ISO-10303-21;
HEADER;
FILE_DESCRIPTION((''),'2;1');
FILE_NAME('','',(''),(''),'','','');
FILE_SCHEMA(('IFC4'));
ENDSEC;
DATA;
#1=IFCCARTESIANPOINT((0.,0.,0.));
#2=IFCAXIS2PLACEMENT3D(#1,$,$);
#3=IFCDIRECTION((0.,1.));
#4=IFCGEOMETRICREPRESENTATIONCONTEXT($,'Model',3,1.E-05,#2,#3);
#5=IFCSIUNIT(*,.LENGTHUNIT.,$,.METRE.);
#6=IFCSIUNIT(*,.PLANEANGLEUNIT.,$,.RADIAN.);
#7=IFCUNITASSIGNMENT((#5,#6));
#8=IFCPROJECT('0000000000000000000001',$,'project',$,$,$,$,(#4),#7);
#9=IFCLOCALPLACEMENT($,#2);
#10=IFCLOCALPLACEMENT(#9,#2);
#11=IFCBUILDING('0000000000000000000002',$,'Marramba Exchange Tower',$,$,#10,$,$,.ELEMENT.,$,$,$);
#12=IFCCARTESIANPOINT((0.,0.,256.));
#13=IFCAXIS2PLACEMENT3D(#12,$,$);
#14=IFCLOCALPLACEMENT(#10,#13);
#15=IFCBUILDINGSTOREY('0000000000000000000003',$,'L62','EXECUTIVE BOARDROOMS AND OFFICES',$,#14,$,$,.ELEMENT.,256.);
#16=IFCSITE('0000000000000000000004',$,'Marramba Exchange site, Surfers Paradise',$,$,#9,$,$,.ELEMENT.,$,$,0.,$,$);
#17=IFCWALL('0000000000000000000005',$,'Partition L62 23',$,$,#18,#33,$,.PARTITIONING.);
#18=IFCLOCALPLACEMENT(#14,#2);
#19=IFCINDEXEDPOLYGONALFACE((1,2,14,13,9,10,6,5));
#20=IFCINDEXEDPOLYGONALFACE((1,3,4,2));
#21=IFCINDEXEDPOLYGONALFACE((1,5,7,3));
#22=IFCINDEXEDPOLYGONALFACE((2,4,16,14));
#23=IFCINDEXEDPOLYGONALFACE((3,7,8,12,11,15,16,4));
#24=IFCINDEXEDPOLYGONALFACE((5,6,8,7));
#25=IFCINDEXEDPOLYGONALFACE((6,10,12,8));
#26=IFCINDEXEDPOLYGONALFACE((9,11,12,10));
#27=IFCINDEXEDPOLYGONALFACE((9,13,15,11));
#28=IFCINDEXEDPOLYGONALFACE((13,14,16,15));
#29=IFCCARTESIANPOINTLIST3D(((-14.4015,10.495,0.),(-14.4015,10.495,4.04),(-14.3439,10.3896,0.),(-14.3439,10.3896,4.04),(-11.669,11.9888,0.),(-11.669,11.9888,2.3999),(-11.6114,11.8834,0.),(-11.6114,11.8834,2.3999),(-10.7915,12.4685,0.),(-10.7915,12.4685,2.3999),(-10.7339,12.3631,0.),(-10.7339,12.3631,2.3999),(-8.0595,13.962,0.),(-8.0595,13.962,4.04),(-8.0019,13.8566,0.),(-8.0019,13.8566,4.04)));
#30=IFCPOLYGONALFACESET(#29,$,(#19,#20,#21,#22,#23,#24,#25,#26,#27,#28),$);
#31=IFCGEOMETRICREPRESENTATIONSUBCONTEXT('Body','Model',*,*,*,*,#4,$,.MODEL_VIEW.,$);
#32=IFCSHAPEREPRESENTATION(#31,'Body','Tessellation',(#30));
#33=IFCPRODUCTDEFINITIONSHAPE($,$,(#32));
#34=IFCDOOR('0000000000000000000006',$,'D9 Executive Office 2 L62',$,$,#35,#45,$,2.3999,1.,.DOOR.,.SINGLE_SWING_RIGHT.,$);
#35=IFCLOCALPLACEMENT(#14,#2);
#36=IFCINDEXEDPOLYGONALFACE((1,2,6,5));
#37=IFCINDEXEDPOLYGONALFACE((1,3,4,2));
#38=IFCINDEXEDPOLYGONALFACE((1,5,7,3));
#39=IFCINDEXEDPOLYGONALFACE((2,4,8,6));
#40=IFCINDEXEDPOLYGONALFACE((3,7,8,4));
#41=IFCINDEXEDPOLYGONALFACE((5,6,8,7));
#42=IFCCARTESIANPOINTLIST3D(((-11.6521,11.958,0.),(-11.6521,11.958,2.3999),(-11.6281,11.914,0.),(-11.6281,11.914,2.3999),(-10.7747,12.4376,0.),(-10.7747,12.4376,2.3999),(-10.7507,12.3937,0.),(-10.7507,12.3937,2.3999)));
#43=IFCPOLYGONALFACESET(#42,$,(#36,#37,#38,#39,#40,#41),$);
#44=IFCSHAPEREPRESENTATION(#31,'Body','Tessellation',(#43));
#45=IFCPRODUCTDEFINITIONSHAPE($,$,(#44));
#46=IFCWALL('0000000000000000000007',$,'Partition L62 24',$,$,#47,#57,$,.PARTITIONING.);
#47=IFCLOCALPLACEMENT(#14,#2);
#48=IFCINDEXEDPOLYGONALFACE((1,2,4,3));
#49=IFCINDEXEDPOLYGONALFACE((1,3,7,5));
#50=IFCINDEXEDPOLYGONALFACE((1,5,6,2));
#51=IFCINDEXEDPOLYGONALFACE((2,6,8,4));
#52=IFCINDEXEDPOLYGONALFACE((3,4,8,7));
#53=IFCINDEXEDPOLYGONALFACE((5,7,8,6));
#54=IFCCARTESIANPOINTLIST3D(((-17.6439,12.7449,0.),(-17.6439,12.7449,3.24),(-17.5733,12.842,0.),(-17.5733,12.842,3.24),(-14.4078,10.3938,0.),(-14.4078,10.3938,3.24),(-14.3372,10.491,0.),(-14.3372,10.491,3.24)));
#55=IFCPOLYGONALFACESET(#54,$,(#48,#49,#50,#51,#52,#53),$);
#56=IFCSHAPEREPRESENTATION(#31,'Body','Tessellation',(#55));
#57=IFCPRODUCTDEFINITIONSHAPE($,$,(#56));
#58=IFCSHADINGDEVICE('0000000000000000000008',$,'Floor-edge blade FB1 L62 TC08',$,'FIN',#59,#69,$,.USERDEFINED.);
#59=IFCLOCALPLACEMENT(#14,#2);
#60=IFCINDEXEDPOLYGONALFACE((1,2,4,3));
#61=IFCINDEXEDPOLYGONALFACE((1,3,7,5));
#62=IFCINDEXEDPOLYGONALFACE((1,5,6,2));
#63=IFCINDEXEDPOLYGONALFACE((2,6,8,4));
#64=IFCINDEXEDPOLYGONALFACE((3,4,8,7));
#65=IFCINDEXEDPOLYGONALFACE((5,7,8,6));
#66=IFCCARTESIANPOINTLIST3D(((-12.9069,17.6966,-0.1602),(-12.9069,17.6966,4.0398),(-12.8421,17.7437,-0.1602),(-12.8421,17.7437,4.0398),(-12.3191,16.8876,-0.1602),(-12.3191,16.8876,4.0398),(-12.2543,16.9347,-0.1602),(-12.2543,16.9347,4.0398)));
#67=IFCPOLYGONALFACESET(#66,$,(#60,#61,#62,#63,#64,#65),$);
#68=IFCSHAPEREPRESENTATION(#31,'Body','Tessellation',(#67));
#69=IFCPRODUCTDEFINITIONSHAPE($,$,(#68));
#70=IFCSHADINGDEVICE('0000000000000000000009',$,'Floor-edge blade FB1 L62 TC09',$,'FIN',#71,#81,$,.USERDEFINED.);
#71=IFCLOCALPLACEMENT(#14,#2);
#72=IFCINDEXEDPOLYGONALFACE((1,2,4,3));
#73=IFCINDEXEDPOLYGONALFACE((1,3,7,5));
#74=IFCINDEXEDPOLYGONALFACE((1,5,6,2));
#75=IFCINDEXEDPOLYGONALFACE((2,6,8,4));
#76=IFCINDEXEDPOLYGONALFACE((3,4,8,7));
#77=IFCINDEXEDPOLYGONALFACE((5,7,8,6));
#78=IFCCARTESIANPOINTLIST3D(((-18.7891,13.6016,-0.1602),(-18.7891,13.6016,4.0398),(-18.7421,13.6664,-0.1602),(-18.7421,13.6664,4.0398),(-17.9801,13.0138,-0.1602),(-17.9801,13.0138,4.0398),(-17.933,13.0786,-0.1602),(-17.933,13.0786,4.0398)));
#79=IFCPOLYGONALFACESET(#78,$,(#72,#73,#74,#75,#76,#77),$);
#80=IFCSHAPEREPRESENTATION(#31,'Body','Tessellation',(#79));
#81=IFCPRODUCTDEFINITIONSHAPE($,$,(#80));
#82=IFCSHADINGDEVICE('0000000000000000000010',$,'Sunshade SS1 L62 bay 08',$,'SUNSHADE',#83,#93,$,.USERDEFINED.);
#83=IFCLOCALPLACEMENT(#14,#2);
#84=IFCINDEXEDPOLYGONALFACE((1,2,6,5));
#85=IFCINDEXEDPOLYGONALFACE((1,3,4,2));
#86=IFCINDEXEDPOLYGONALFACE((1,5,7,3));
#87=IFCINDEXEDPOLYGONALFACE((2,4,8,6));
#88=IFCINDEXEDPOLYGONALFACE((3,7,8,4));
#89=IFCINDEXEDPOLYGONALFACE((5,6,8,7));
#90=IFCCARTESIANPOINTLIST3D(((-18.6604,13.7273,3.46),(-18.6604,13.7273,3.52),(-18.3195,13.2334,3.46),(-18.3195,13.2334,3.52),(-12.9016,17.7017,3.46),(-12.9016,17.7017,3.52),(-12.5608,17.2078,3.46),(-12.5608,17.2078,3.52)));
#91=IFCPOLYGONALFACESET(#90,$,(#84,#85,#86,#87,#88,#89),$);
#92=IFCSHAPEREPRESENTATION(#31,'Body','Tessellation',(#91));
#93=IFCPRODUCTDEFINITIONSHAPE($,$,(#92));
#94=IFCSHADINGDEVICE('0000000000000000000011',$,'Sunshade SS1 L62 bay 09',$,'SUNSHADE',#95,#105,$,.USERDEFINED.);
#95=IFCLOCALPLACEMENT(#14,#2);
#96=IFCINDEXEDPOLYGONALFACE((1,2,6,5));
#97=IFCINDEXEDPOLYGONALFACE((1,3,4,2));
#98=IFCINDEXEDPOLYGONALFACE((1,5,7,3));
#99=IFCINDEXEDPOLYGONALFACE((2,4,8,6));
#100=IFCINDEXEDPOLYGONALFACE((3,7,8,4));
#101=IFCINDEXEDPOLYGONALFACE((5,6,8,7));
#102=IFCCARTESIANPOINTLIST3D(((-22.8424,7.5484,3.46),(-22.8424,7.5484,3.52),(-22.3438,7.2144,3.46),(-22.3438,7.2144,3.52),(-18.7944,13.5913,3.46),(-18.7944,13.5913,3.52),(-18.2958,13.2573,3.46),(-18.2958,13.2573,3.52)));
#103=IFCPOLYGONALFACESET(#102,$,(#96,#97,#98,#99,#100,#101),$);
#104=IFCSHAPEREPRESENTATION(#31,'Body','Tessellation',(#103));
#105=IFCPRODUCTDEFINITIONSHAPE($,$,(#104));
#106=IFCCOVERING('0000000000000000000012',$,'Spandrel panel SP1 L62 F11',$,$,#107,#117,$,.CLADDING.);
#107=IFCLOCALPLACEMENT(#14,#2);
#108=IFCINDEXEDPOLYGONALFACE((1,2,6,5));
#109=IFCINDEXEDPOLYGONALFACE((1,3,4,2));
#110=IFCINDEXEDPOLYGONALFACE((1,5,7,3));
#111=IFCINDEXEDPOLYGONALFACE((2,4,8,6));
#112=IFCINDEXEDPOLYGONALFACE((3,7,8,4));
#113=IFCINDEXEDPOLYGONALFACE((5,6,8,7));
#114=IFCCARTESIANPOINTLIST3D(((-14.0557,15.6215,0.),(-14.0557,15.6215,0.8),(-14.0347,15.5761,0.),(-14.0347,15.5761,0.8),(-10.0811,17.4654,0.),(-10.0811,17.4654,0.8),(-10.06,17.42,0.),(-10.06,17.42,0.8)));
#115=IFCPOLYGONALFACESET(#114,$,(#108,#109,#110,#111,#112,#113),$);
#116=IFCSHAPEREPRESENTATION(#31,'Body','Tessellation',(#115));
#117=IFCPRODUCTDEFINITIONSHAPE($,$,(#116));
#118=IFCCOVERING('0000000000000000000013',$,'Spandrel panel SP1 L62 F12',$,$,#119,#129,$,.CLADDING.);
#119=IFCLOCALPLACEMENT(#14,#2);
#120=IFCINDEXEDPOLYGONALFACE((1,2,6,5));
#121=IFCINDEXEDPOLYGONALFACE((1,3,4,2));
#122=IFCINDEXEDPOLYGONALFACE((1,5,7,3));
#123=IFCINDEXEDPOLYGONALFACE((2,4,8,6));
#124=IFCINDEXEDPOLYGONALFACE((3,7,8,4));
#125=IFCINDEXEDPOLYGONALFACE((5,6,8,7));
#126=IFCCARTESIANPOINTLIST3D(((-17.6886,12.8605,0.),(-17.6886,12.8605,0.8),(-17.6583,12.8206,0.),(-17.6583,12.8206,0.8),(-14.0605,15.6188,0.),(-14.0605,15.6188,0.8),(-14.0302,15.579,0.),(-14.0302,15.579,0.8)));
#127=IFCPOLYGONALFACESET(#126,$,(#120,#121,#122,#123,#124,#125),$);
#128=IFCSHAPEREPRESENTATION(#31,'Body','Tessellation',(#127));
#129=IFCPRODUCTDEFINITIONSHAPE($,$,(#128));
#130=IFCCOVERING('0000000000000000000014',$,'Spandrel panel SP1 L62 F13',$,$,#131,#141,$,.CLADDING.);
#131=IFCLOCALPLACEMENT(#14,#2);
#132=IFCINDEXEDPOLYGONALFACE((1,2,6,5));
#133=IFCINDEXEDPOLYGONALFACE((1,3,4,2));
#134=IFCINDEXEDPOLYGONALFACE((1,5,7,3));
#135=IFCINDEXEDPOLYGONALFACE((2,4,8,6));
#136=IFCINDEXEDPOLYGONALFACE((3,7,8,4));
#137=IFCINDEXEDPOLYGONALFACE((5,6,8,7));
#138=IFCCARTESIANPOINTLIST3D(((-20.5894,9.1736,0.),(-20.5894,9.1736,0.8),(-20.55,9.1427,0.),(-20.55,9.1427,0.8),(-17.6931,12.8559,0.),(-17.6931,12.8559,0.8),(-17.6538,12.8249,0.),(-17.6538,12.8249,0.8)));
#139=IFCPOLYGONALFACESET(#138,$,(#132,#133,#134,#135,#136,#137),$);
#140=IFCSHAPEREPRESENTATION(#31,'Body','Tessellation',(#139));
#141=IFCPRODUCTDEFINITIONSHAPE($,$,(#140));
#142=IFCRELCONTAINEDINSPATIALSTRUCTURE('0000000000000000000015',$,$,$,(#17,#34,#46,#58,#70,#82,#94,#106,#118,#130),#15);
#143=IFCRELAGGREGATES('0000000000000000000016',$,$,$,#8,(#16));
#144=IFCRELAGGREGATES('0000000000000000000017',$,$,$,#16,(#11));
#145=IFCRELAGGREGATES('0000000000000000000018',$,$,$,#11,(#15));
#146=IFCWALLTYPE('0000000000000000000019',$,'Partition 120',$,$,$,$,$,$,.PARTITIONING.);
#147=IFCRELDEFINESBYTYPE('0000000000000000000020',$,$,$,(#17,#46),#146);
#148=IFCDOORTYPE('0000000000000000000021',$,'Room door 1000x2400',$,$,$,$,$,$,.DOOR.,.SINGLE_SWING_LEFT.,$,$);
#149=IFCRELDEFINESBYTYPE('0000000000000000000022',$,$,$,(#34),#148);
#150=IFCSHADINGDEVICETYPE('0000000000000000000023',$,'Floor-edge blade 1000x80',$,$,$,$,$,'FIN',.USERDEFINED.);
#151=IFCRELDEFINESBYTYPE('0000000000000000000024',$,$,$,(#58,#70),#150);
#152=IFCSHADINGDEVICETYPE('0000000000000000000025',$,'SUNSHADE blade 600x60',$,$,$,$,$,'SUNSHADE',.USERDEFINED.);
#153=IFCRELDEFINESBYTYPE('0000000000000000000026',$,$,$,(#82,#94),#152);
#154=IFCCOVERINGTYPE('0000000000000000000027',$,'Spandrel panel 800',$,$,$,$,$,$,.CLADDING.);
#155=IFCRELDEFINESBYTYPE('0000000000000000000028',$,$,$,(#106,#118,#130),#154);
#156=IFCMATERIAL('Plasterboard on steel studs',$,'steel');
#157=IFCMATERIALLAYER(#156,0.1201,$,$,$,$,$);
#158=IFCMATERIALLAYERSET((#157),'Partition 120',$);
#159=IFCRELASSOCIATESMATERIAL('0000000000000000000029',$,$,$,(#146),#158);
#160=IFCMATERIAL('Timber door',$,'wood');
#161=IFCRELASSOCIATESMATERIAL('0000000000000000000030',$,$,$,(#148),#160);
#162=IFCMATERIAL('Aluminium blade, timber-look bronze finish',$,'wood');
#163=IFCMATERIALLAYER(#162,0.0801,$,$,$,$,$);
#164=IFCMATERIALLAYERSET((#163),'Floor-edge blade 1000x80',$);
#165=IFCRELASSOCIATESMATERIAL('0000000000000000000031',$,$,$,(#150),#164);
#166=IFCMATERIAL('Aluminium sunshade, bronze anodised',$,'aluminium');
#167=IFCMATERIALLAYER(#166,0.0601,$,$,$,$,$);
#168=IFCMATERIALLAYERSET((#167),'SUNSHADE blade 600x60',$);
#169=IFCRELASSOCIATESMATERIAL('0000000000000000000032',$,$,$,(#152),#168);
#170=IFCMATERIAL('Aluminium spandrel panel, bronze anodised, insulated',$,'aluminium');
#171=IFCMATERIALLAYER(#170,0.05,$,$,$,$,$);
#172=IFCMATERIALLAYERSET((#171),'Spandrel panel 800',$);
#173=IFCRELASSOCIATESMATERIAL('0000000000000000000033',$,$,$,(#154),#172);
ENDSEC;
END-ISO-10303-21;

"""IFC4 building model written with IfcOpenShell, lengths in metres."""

from ifc_helpers import new_model, si_unit, direction, frame, frame_2d, origin, origin_2d, place, context, subcontext, project, spatial, rectangle, extrude, material, layer, layer_set, type_object, element, fill, save


model = new_model("IFC4")

# Units and contexts
model_context = context("Model", 3, precision=1e-05, world=origin(), true_north=direction((0.0, 1.0)))
body_context = subcontext(model_context, "Body", "Model", "MODEL_VIEW")
ifc_project = project(units=[si_unit("LENGTHUNIT", "METRE"), si_unit("PLANEANGLEUNIT", "RADIAN")], contexts=[model_context])

# Site, building, storey
site_placement = place(None, origin())
site = spatial("IfcSite", under=ifc_project, at=site_placement, Name="Marramba Exchange site, Surfers Paradise", CompositionType="ELEMENT", RefElevation=0.0)
building_placement = place(site_placement, origin())
building = spatial("IfcBuilding", under=site, at=building_placement, Name="Marramba Exchange Tower", CompositionType="ELEMENT")
storey_placement = place(building_placement, frame((0.0, 0.0, 256.0)))
storey = spatial("IfcBuildingStorey", under=building, at=storey_placement, Name="L62", Description="EXECUTIVE BOARDROOMS AND OFFICES", CompositionType="ELEMENT", Elevation=256.0)

# Wall, opening, door
ifc_material_1 = material(Name="Plasterboard on steel studs", Category="steel")
ifc_layer_1 = layer(ifc_material_1, 0.1201)
ifc_layer_set_1 = layer_set([ifc_layer_1], Name="Partition 120")
wall_type_1 = type_object("IfcWallType", Name="Partition 120", PredefinedType="PARTITIONING", material=ifc_layer_set_1)
wall_1_placement = place(storey_placement, frame((-14.3726, 10.4424, 0.0), z_axis=(0.0, 0.0, 1.0), x_axis=(0.877445, 0.479678, 0.0)))
wall_1 = element("IfcWall", 1, at=wall_1_placement, inside=storey, type_object=wall_type_1, Name="Partition L62 23", PredefinedType="PARTITIONING", context=body_context, shape_type="SweptSolid", body=[
    extrude(rectangle(XDim=7.2278, YDim=0.1201, at=frame_2d((3.6138, 0.0))), origin(), (0.0, 0.0, 1.0), 4.04),
])
opening_1_placement = place(wall_1_placement, frame((3.114, 0.0, 0.0)))
opening_1 = element("IfcOpeningElement", 2, at=opening_1_placement, cuts=wall_1, PredefinedType="OPENING", context=body_context, shape_type="SweptSolid", body=[
    extrude(rectangle(XDim=1.0, YDim=2.3999, at=frame_2d((0.5, 1.2))), frame((0.0, 0.0701, 0.0), z_axis=(0.0, -1.0, 0.0), x_axis=(1.0, 0.0, 0.0)), (0.0, 0.0, 1.0), 0.1401),
])
ifc_material_2 = material(Name="Timber door", Category="wood")
door_type_1 = type_object("IfcDoorType", Name="Room door 1000x2400", OperationType="SINGLE_SWING_LEFT", PredefinedType="DOOR", material=ifc_material_2)
door_1_placement = place(opening_1_placement, origin())
door_1 = element("IfcDoor", 3, at=door_1_placement, inside=storey, type_object=door_type_1, Name="D9 Executive Office 2 L62", OperationType="SINGLE_SWING_RIGHT", OverallHeight=2.3999, OverallWidth=1.0, PredefinedType="DOOR", context=body_context, shape_type="SweptSolid", body=[
    extrude(rectangle(XDim=1.0, YDim=2.3999, at=frame_2d((0.5, 1.2))), frame((0.0, 0.0249, 0.0), z_axis=(0.0, -1.0, 0.0), x_axis=(1.0, 0.0, 0.0)), (0.0, 0.0, 1.0), 0.05),
])
fill(opening_1, door_1)

# Wall
wall_2_placement = place(storey_placement, frame((-17.6086, 12.7935, 0.0), z_axis=(0.0, 0.0, 1.0), x_axis=(0.809026, -0.587772, 0.0)))
element("IfcWall", 4, at=wall_2_placement, inside=storey, type_object=wall_type_1, Name="Partition L62 24", PredefinedType="PARTITIONING", context=body_context, shape_type="SweptSolid", body=[
    extrude(rectangle(XDim=4.0, YDim=0.1201, at=frame_2d((2.0, 0.0))), origin(), (0.0, 0.0, 1.0), 3.24),
])

# Shading devices
ifc_material_3 = material(Name="Aluminium blade, timber-look bronze finish", Category="wood")
ifc_layer_2 = layer(ifc_material_3, 0.0801)
ifc_layer_set_2 = layer_set([ifc_layer_2], Name="Floor-edge blade 1000x80")
shading_device_type_1 = type_object("IfcShadingDeviceType", Name="Floor-edge blade 1000x80", ElementType="FIN", PredefinedType="USERDEFINED", material=ifc_layer_set_2)
for number, where, z_axis, x_axis, name in (
    (5, (-12.5806, 17.3157, -0.1602), (0.0, 0.0, 1.0), (-0.587785, 0.809017, 0.0), "Floor-edge blade FB1 L62 TC08"),
    (6, (-18.3611, 13.3401, -0.1602), (0.0, 0.0, 1.0), (-0.809017, 0.587785, 0.0), "Floor-edge blade FB1 L62 TC09"),
):
    element("IfcShadingDevice", number, at=place(storey_placement, frame(where, z_axis=z_axis, x_axis=x_axis)), inside=storey, type_object=shading_device_type_1, Name=name, ObjectType="FIN", PredefinedType="USERDEFINED", context=body_context, shape_type="SweptSolid", body=[
        extrude(rectangle(XDim=1.0, YDim=0.0801, at=origin_2d()), origin(), (0.0, 0.0, 1.0), 4.2),
    ])
ifc_material_4 = material(Name="Aluminium sunshade, bronze anodised", Category="aluminium")
ifc_layer_3 = layer(ifc_material_4, 0.0601)
ifc_layer_set_3 = layer_set([ifc_layer_3], Name="SUNSHADE blade 600x60")
shading_device_type_2 = type_object("IfcShadingDeviceType", Name="SUNSHADE blade 600x60", ElementType="SUNSHADE", PredefinedType="USERDEFINED", material=ifc_layer_set_3)
shading_device_1_placement = place(storey_placement, frame((-15.6106, 15.4675, 3.46), z_axis=(0.0, 0.0, 1.0), x_axis=(-0.823024, -0.568006, 0.0)))
element("IfcShadingDevice", 7, at=shading_device_1_placement, inside=storey, type_object=shading_device_type_2, Name="Sunshade SS1 L62 bay 08", ObjectType="SUNSHADE", PredefinedType="USERDEFINED", context=body_context, shape_type="SweptSolid", body=[
    extrude(rectangle(XDim=6.9971, YDim=0.6001, at=origin_2d()), origin(), (0.0, 0.0, 1.0), 0.0601),
])
shading_device_2_placement = place(storey_placement, frame((-20.5691, 10.4028, 3.46), z_axis=(0.0, 0.0, 1.0), x_axis=(-0.55654, -0.830821, 0.0)))
element("IfcShadingDevice", 8, at=shading_device_2_placement, inside=storey, type_object=shading_device_type_2, Name="Sunshade SS1 L62 bay 09", ObjectType="SUNSHADE", PredefinedType="USERDEFINED", context=body_context, shape_type="SweptSolid", body=[
    extrude(rectangle(XDim=7.2734, YDim=0.6001, at=origin_2d()), origin(), (0.0, 0.0, 1.0), 0.0601),
])

# Coverings
ifc_material_5 = material(Name="Aluminium spandrel panel, bronze anodised, insulated", Category="aluminium")
ifc_layer_4 = layer(ifc_material_5, 0.05)
ifc_layer_set_4 = layer_set([ifc_layer_4], Name="Spandrel panel 800")
covering_type = type_object("IfcCoveringType", Name="Spandrel panel 800", PredefinedType="CLADDING", material=ifc_layer_set_4)
covering_1_placement = place(storey_placement, frame((-12.0579, 16.5208, 0.0), z_axis=(0.0, 0.0, 1.0), x_axis=(-0.907131, -0.420849, 0.0)))
element("IfcCovering", 9, at=covering_1_placement, inside=storey, type_object=covering_type, Name="Spandrel panel SP1 L62 F11", PredefinedType="CLADDING", context=body_context, shape_type="SweptSolid", body=[
    extrude(rectangle(XDim=4.3816, YDim=0.05, at=origin_2d()), origin(), (0.0, 0.0, 1.0), 0.8),
])
covering_2_placement = place(storey_placement, frame((-15.8594, 14.2197, 0.0), z_axis=(0.0, 0.0, 1.0), x_axis=(-0.796059, -0.605219, 0.0)))
element("IfcCovering", 10, at=covering_2_placement, inside=storey, type_object=covering_type, Name="Spandrel panel SP1 L62 F12", PredefinedType="CLADDING", context=body_context, shape_type="SweptSolid", body=[
    extrude(rectangle(XDim=4.5576, YDim=0.05, at=origin_2d()), origin(), (0.0, 0.0, 1.0), 0.8),
])
covering_3_placement = place(storey_placement, frame((-19.1216, 10.9993, 0.0), z_axis=(0.0, 0.0, 1.0), x_axis=(-0.618223, -0.786003, 0.0)))
element("IfcCovering", 11, at=covering_3_placement, inside=storey, type_object=covering_type, Name="Spandrel panel SP1 L62 F13", PredefinedType="CLADDING", context=body_context, shape_type="SweptSolid", body=[
    extrude(rectangle(XDim=4.6848, YDim=0.05, at=origin_2d()), origin(), (0.0, 0.0, 1.0), 0.8),
])

save(model, "model.ifc")
